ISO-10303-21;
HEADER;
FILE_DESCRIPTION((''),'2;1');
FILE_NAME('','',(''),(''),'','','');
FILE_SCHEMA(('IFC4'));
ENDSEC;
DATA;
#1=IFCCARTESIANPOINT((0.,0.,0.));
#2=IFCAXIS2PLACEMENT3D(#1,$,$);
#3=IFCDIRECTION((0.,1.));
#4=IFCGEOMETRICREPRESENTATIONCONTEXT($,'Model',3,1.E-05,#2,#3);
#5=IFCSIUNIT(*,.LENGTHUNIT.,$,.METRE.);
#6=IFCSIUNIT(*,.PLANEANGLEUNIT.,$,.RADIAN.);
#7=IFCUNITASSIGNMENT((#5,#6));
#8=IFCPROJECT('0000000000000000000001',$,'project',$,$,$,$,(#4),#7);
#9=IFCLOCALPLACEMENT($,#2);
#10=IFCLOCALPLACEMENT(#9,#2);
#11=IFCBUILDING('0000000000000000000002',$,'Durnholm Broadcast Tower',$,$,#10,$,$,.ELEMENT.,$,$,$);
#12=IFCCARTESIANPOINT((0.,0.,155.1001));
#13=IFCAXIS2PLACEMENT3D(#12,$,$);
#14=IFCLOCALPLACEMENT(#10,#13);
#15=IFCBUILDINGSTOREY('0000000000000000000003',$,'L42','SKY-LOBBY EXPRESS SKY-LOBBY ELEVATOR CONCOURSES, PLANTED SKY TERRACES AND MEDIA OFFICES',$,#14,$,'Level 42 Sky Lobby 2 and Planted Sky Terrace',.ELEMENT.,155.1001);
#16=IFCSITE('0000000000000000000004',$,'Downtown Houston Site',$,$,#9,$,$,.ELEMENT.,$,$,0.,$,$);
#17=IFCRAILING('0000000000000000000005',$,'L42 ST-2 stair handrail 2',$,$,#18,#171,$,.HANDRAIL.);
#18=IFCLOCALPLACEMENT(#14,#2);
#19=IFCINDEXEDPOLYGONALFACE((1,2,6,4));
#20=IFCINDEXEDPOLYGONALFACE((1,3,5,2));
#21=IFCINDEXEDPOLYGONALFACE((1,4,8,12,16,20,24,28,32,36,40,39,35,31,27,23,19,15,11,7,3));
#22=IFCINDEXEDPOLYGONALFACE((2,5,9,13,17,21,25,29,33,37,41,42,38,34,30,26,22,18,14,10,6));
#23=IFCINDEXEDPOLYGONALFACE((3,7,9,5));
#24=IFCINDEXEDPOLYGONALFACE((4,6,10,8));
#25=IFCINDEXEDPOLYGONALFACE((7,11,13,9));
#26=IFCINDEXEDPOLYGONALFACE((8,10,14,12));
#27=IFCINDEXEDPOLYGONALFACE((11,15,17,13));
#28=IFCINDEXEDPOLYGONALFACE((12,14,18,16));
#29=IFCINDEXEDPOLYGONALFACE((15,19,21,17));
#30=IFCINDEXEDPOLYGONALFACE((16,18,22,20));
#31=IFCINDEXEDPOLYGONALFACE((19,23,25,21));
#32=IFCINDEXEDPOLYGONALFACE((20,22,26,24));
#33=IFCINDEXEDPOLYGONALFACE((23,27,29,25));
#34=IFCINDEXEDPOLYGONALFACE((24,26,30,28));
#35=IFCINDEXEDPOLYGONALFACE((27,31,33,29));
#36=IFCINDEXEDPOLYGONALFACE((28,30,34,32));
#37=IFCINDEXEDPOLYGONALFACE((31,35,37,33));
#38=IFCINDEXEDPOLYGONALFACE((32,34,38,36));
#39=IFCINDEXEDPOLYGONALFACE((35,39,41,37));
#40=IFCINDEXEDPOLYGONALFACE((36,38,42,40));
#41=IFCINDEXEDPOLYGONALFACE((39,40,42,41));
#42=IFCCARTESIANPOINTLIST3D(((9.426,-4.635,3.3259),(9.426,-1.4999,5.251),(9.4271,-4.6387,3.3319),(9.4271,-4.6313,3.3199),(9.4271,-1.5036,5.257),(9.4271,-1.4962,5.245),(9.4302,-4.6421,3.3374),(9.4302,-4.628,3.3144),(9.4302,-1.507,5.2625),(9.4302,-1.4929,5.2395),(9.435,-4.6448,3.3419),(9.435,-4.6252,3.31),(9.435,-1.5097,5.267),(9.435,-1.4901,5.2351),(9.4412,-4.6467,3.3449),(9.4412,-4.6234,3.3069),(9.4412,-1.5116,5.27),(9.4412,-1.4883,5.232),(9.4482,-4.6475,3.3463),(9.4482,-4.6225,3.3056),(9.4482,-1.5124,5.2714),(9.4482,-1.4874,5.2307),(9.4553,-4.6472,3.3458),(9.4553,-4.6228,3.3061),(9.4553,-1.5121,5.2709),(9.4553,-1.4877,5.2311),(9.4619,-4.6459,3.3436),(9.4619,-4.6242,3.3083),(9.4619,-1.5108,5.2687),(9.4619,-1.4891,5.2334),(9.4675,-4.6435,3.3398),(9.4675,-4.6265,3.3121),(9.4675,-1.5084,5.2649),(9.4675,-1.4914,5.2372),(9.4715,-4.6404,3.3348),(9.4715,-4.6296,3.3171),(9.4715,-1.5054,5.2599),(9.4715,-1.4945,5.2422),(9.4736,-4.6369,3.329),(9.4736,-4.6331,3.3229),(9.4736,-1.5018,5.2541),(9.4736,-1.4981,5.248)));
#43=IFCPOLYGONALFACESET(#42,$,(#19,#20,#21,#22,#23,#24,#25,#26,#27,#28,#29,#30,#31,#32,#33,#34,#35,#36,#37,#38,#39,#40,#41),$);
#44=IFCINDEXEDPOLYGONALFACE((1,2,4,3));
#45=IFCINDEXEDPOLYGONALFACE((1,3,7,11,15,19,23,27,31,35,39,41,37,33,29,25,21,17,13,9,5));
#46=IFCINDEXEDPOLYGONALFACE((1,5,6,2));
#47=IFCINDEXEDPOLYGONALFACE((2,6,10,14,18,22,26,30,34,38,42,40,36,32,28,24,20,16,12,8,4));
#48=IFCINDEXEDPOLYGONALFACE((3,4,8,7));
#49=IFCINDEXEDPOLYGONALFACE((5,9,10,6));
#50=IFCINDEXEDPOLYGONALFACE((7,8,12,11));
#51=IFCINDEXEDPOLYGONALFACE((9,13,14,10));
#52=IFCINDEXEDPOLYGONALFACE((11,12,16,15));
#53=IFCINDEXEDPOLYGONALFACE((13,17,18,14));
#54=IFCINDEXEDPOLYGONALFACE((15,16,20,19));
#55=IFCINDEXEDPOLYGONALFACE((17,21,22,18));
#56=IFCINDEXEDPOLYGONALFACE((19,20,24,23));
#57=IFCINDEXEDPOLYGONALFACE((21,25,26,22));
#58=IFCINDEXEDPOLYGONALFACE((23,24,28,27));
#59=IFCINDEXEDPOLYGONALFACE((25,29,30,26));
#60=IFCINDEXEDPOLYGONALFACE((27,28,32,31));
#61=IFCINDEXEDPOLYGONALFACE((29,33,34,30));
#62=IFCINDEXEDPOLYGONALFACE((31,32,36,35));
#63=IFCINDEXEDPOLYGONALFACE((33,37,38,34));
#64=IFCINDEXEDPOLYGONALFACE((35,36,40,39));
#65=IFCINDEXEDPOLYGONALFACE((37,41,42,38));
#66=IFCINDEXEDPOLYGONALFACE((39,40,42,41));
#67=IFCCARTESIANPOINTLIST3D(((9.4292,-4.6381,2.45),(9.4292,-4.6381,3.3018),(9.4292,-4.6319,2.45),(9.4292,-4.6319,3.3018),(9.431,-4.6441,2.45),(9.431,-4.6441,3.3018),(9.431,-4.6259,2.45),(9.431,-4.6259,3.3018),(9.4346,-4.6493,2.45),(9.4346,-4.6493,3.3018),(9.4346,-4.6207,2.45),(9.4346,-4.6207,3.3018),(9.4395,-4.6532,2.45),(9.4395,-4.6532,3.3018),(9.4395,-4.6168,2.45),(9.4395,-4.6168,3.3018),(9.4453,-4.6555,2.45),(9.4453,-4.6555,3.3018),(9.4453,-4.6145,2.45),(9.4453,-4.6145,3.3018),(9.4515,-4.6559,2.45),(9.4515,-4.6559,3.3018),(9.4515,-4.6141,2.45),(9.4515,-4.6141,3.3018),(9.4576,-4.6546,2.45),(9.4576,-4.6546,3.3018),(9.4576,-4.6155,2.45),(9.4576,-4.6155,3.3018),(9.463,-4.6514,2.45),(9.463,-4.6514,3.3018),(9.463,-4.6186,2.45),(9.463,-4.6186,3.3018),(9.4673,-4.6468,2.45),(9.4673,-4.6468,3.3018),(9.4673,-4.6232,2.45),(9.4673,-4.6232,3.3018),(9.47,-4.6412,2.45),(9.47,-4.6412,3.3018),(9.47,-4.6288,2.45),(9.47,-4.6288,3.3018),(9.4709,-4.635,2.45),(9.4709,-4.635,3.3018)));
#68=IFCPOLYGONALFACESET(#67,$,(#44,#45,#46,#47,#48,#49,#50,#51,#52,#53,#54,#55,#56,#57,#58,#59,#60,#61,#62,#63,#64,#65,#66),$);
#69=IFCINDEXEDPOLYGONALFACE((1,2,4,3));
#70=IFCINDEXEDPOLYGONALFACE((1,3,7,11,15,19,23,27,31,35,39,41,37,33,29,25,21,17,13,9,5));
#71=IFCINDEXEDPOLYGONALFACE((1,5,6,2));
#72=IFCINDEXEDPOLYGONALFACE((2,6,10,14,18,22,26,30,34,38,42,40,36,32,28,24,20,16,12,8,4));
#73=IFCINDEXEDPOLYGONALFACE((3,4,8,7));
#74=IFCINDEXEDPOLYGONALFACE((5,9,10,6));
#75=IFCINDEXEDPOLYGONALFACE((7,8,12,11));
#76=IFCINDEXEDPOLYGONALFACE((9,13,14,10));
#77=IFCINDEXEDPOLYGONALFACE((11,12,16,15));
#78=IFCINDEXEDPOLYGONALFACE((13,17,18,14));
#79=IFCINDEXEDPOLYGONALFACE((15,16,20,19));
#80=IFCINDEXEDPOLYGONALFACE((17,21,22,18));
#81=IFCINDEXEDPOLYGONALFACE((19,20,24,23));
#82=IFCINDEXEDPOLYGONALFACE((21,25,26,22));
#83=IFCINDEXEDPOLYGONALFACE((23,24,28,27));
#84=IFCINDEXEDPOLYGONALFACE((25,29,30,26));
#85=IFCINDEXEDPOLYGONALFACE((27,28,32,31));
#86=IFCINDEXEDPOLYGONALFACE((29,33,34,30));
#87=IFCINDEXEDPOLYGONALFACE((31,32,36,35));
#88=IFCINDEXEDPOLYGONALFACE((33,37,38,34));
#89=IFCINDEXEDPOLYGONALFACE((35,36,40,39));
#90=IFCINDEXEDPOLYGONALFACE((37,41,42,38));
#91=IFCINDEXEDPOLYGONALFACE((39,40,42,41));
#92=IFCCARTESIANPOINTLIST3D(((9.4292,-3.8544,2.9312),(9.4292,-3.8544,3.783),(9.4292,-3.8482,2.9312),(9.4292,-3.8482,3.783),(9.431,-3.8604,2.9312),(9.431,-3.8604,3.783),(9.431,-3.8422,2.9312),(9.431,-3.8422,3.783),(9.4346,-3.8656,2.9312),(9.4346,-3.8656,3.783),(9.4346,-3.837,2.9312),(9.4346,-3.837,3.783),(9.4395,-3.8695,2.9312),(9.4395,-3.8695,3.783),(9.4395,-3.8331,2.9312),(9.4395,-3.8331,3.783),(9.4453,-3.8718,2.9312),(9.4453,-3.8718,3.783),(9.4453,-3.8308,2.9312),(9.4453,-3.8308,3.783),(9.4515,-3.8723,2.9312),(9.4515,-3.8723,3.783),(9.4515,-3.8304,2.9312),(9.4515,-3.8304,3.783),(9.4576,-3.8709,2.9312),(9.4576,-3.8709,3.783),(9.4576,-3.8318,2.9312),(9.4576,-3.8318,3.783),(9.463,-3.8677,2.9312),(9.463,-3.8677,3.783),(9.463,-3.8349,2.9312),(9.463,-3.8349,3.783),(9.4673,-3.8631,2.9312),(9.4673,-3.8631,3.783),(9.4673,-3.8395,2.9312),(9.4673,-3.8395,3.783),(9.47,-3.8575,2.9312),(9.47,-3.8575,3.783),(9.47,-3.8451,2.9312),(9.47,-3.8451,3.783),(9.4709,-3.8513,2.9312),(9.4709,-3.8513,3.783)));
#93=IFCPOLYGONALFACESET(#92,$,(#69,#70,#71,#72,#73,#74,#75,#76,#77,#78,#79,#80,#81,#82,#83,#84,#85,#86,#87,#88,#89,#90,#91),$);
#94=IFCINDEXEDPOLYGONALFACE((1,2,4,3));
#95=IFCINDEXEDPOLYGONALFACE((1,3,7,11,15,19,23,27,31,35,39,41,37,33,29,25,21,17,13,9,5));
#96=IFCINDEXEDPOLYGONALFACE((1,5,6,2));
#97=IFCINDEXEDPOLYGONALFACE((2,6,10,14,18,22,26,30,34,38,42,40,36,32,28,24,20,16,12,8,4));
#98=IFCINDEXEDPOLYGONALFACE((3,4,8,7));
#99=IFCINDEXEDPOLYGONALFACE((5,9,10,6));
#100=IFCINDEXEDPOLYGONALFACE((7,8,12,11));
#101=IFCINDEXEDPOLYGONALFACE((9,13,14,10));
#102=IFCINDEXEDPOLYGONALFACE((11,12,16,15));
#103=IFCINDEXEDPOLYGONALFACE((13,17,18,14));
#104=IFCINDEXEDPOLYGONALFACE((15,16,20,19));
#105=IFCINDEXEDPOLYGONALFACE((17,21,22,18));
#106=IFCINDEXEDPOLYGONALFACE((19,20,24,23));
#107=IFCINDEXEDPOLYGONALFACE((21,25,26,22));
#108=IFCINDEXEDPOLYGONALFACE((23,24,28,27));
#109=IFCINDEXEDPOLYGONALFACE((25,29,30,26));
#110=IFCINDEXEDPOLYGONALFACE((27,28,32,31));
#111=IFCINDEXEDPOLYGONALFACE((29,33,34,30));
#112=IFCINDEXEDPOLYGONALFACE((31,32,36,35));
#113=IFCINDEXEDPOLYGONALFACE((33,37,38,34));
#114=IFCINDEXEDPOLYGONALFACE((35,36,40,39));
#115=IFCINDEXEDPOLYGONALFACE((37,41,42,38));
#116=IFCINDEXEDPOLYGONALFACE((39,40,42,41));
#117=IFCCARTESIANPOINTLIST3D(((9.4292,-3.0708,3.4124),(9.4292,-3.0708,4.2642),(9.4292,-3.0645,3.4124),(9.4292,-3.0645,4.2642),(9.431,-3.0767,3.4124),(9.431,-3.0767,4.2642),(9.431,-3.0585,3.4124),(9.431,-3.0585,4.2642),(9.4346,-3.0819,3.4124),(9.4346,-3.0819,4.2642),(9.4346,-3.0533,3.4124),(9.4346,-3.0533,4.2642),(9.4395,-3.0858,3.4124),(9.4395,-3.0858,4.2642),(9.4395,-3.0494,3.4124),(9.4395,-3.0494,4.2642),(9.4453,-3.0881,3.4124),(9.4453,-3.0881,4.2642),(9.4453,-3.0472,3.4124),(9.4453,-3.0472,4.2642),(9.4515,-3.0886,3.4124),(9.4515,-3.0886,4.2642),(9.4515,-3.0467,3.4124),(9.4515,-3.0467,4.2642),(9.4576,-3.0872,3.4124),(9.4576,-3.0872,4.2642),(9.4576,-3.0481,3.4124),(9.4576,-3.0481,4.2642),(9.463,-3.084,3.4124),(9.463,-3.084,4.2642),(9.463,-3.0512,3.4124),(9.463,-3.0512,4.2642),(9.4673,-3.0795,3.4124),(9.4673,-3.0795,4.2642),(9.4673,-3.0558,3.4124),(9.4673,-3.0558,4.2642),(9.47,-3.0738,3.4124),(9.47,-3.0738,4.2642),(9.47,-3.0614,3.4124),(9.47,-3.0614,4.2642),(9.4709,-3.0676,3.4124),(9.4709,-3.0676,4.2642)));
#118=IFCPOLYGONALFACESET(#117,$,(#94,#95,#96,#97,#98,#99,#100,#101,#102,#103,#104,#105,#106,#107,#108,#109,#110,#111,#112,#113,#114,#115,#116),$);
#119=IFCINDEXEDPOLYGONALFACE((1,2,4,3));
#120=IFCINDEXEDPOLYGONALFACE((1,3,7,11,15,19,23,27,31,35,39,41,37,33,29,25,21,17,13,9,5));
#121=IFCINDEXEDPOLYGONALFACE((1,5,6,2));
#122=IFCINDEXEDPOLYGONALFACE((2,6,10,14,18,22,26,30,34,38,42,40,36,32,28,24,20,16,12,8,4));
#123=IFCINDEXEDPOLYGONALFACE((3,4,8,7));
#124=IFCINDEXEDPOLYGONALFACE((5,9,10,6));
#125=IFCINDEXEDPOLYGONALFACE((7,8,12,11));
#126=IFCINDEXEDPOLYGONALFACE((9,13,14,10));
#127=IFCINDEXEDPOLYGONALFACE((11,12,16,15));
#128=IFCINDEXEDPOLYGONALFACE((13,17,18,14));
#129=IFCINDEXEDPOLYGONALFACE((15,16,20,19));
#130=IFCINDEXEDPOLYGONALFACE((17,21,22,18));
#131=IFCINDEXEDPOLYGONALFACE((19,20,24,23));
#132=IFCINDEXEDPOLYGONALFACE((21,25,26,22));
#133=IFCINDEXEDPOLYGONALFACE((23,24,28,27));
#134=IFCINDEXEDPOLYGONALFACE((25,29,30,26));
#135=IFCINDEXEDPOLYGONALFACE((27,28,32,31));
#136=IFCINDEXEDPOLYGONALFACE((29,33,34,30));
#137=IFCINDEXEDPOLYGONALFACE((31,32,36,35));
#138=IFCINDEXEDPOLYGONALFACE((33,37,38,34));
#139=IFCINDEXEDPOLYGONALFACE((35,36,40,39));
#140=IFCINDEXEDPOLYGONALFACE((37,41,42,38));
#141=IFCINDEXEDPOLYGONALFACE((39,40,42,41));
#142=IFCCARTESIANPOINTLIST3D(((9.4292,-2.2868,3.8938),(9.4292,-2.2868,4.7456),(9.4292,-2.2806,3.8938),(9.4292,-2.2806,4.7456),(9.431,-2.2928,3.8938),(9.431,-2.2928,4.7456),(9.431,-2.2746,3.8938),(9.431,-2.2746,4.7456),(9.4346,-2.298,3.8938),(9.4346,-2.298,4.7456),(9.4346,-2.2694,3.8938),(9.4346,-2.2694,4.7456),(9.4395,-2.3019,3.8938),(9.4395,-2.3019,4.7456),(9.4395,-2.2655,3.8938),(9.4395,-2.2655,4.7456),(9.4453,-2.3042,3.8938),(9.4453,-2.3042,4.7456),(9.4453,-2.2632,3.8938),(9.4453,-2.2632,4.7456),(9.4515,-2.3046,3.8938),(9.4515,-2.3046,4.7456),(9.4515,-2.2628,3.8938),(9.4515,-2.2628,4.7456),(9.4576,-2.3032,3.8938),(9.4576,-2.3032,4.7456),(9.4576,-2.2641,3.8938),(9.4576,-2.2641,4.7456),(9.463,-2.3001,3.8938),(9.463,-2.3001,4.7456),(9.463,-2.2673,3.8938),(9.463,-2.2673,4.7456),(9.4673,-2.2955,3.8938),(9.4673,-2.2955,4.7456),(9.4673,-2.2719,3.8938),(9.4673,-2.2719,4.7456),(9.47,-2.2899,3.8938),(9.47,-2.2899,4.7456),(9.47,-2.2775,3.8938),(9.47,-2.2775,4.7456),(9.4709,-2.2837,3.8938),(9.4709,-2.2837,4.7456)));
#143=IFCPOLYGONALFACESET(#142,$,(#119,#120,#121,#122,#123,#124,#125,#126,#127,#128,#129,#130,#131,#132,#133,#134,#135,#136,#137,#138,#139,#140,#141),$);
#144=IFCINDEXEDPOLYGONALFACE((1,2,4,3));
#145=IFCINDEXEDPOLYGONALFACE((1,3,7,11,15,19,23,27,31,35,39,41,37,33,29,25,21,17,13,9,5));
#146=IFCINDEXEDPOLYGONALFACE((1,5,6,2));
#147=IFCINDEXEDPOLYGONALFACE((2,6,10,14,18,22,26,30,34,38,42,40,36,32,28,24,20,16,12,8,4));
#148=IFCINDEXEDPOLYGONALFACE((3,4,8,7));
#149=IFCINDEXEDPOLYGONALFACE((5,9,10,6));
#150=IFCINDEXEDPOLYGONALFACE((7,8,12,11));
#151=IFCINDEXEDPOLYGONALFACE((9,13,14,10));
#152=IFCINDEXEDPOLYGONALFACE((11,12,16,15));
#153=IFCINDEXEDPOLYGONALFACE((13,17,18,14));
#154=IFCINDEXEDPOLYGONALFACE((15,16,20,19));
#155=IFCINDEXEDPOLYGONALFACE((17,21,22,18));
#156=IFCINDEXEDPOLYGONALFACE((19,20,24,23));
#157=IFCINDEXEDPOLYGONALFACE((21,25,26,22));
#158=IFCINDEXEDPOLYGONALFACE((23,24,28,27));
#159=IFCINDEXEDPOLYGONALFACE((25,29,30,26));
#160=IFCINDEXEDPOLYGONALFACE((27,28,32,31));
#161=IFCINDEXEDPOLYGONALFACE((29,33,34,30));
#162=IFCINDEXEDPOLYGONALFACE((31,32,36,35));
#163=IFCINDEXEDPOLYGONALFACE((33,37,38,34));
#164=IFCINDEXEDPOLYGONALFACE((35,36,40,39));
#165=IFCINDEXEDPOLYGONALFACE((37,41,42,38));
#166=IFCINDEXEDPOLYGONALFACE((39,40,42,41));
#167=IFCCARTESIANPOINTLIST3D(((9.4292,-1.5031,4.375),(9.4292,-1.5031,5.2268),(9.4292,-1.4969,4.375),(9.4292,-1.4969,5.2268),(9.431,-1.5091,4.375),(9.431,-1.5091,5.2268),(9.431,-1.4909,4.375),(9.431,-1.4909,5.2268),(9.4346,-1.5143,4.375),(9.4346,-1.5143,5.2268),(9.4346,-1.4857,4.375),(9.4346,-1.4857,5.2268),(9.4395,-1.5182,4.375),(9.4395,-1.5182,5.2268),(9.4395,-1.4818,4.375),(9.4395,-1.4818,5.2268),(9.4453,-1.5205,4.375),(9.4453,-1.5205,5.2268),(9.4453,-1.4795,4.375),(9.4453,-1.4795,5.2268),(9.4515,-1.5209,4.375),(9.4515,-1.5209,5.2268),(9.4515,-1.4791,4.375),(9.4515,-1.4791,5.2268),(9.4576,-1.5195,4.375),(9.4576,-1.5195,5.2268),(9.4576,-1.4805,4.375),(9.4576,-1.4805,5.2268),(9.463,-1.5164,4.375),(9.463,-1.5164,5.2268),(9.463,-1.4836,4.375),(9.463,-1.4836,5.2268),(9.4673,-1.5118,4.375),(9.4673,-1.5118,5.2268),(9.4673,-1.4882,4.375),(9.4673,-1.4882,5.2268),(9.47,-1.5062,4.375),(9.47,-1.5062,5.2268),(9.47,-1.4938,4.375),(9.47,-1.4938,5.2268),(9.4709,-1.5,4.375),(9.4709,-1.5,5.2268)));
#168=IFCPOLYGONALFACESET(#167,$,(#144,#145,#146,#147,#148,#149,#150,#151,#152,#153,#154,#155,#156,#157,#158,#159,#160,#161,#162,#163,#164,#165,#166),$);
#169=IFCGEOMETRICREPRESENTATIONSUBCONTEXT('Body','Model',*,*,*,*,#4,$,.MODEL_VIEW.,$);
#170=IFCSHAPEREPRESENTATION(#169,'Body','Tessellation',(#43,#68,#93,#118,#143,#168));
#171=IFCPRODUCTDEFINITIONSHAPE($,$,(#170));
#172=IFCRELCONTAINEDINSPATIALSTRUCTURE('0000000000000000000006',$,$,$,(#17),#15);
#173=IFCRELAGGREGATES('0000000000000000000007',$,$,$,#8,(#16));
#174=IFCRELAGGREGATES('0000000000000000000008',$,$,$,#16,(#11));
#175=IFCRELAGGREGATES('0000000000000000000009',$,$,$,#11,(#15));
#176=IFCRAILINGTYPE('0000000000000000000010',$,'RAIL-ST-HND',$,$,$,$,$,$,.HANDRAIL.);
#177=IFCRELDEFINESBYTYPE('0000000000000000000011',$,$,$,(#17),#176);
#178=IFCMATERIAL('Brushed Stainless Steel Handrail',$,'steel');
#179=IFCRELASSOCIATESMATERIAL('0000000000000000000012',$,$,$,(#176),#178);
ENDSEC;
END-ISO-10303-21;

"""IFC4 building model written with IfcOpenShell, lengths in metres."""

from ifc_helpers import new_model, si_unit, direction, frame, origin, origin_2d, place, context, subcontext, project, spatial, circle, extrude, material, type_object, element, save


model = new_model("IFC4")

# Units and contexts
model_context = context("Model", 3, precision=1e-05, world=origin(), true_north=direction((0.0, 1.0)))
body_context = subcontext(model_context, "Body", "Model", "MODEL_VIEW")
ifc_project = project(units=[si_unit("LENGTHUNIT", "METRE"), si_unit("PLANEANGLEUNIT", "RADIAN")], contexts=[model_context])

# Site, building, storey
site_placement = place(None, origin())
site = spatial("IfcSite", under=ifc_project, at=site_placement, Name="Downtown Houston Site", CompositionType="ELEMENT", RefElevation=0.0)
building_placement = place(site_placement, origin())
building = spatial("IfcBuilding", under=site, at=building_placement, Name="Durnholm Broadcast Tower", CompositionType="ELEMENT")
storey_placement = place(building_placement, frame((0.0, 0.0, 155.1001)))
storey = spatial("IfcBuildingStorey", under=building, at=storey_placement, Name="L42", Description="SKY-LOBBY EXPRESS SKY-LOBBY ELEVATOR CONCOURSES, PLANTED SKY TERRACES AND MEDIA OFFICES", LongName="Level 42 Sky Lobby 2 and Planted Sky Terrace", CompositionType="ELEMENT", Elevation=155.1001)

# Railing
ifc_material_1 = material(Name="Brushed Stainless Steel Handrail", Category="steel")
railing_type_1 = type_object("IfcRailingType", Name="RAIL-ST-HND", PredefinedType="HANDRAIL", material=ifc_material_1)
railing_1_placement = place(storey_placement, frame((9.45, -4.635, 2.45)))
element("IfcRailing", 1, at=railing_1_placement, inside=storey, type_object=railing_type_1, Name="L42 ST-2 stair handrail 2", PredefinedType="HANDRAIL", context=body_context, shape_type="SweptSolid", body=[
    extrude(circle(Radius=0.0239, at=origin_2d()), frame((0.0, 0.0, 0.876), z_axis=(0.0, 0.852166, 0.523271), x_axis=(-1.0, 0.0, 0.0)), (0.0, 0.0, 1.0), 3.679),
    extrude(circle(Radius=0.021, at=origin_2d()), origin(), (0.0, 0.0, 1.0), 0.8518),
    extrude(circle(Radius=0.021, at=origin_2d()), frame((0.0, 0.7837, 0.4812)), (0.0, 0.0, 1.0), 0.8518),
    extrude(circle(Radius=0.021, at=origin_2d()), frame((0.0, 1.5674, 0.9624)), (0.0, 0.0, 1.0), 0.8518),
    extrude(circle(Radius=0.021, at=origin_2d()), frame((0.0, 2.3513, 1.4438)), (0.0, 0.0, 1.0), 0.8518),
    extrude(circle(Radius=0.021, at=origin_2d()), frame((0.0, 3.135, 1.925)), (0.0, 0.0, 1.0), 0.8518),
])

save(model, "model.ifc")
